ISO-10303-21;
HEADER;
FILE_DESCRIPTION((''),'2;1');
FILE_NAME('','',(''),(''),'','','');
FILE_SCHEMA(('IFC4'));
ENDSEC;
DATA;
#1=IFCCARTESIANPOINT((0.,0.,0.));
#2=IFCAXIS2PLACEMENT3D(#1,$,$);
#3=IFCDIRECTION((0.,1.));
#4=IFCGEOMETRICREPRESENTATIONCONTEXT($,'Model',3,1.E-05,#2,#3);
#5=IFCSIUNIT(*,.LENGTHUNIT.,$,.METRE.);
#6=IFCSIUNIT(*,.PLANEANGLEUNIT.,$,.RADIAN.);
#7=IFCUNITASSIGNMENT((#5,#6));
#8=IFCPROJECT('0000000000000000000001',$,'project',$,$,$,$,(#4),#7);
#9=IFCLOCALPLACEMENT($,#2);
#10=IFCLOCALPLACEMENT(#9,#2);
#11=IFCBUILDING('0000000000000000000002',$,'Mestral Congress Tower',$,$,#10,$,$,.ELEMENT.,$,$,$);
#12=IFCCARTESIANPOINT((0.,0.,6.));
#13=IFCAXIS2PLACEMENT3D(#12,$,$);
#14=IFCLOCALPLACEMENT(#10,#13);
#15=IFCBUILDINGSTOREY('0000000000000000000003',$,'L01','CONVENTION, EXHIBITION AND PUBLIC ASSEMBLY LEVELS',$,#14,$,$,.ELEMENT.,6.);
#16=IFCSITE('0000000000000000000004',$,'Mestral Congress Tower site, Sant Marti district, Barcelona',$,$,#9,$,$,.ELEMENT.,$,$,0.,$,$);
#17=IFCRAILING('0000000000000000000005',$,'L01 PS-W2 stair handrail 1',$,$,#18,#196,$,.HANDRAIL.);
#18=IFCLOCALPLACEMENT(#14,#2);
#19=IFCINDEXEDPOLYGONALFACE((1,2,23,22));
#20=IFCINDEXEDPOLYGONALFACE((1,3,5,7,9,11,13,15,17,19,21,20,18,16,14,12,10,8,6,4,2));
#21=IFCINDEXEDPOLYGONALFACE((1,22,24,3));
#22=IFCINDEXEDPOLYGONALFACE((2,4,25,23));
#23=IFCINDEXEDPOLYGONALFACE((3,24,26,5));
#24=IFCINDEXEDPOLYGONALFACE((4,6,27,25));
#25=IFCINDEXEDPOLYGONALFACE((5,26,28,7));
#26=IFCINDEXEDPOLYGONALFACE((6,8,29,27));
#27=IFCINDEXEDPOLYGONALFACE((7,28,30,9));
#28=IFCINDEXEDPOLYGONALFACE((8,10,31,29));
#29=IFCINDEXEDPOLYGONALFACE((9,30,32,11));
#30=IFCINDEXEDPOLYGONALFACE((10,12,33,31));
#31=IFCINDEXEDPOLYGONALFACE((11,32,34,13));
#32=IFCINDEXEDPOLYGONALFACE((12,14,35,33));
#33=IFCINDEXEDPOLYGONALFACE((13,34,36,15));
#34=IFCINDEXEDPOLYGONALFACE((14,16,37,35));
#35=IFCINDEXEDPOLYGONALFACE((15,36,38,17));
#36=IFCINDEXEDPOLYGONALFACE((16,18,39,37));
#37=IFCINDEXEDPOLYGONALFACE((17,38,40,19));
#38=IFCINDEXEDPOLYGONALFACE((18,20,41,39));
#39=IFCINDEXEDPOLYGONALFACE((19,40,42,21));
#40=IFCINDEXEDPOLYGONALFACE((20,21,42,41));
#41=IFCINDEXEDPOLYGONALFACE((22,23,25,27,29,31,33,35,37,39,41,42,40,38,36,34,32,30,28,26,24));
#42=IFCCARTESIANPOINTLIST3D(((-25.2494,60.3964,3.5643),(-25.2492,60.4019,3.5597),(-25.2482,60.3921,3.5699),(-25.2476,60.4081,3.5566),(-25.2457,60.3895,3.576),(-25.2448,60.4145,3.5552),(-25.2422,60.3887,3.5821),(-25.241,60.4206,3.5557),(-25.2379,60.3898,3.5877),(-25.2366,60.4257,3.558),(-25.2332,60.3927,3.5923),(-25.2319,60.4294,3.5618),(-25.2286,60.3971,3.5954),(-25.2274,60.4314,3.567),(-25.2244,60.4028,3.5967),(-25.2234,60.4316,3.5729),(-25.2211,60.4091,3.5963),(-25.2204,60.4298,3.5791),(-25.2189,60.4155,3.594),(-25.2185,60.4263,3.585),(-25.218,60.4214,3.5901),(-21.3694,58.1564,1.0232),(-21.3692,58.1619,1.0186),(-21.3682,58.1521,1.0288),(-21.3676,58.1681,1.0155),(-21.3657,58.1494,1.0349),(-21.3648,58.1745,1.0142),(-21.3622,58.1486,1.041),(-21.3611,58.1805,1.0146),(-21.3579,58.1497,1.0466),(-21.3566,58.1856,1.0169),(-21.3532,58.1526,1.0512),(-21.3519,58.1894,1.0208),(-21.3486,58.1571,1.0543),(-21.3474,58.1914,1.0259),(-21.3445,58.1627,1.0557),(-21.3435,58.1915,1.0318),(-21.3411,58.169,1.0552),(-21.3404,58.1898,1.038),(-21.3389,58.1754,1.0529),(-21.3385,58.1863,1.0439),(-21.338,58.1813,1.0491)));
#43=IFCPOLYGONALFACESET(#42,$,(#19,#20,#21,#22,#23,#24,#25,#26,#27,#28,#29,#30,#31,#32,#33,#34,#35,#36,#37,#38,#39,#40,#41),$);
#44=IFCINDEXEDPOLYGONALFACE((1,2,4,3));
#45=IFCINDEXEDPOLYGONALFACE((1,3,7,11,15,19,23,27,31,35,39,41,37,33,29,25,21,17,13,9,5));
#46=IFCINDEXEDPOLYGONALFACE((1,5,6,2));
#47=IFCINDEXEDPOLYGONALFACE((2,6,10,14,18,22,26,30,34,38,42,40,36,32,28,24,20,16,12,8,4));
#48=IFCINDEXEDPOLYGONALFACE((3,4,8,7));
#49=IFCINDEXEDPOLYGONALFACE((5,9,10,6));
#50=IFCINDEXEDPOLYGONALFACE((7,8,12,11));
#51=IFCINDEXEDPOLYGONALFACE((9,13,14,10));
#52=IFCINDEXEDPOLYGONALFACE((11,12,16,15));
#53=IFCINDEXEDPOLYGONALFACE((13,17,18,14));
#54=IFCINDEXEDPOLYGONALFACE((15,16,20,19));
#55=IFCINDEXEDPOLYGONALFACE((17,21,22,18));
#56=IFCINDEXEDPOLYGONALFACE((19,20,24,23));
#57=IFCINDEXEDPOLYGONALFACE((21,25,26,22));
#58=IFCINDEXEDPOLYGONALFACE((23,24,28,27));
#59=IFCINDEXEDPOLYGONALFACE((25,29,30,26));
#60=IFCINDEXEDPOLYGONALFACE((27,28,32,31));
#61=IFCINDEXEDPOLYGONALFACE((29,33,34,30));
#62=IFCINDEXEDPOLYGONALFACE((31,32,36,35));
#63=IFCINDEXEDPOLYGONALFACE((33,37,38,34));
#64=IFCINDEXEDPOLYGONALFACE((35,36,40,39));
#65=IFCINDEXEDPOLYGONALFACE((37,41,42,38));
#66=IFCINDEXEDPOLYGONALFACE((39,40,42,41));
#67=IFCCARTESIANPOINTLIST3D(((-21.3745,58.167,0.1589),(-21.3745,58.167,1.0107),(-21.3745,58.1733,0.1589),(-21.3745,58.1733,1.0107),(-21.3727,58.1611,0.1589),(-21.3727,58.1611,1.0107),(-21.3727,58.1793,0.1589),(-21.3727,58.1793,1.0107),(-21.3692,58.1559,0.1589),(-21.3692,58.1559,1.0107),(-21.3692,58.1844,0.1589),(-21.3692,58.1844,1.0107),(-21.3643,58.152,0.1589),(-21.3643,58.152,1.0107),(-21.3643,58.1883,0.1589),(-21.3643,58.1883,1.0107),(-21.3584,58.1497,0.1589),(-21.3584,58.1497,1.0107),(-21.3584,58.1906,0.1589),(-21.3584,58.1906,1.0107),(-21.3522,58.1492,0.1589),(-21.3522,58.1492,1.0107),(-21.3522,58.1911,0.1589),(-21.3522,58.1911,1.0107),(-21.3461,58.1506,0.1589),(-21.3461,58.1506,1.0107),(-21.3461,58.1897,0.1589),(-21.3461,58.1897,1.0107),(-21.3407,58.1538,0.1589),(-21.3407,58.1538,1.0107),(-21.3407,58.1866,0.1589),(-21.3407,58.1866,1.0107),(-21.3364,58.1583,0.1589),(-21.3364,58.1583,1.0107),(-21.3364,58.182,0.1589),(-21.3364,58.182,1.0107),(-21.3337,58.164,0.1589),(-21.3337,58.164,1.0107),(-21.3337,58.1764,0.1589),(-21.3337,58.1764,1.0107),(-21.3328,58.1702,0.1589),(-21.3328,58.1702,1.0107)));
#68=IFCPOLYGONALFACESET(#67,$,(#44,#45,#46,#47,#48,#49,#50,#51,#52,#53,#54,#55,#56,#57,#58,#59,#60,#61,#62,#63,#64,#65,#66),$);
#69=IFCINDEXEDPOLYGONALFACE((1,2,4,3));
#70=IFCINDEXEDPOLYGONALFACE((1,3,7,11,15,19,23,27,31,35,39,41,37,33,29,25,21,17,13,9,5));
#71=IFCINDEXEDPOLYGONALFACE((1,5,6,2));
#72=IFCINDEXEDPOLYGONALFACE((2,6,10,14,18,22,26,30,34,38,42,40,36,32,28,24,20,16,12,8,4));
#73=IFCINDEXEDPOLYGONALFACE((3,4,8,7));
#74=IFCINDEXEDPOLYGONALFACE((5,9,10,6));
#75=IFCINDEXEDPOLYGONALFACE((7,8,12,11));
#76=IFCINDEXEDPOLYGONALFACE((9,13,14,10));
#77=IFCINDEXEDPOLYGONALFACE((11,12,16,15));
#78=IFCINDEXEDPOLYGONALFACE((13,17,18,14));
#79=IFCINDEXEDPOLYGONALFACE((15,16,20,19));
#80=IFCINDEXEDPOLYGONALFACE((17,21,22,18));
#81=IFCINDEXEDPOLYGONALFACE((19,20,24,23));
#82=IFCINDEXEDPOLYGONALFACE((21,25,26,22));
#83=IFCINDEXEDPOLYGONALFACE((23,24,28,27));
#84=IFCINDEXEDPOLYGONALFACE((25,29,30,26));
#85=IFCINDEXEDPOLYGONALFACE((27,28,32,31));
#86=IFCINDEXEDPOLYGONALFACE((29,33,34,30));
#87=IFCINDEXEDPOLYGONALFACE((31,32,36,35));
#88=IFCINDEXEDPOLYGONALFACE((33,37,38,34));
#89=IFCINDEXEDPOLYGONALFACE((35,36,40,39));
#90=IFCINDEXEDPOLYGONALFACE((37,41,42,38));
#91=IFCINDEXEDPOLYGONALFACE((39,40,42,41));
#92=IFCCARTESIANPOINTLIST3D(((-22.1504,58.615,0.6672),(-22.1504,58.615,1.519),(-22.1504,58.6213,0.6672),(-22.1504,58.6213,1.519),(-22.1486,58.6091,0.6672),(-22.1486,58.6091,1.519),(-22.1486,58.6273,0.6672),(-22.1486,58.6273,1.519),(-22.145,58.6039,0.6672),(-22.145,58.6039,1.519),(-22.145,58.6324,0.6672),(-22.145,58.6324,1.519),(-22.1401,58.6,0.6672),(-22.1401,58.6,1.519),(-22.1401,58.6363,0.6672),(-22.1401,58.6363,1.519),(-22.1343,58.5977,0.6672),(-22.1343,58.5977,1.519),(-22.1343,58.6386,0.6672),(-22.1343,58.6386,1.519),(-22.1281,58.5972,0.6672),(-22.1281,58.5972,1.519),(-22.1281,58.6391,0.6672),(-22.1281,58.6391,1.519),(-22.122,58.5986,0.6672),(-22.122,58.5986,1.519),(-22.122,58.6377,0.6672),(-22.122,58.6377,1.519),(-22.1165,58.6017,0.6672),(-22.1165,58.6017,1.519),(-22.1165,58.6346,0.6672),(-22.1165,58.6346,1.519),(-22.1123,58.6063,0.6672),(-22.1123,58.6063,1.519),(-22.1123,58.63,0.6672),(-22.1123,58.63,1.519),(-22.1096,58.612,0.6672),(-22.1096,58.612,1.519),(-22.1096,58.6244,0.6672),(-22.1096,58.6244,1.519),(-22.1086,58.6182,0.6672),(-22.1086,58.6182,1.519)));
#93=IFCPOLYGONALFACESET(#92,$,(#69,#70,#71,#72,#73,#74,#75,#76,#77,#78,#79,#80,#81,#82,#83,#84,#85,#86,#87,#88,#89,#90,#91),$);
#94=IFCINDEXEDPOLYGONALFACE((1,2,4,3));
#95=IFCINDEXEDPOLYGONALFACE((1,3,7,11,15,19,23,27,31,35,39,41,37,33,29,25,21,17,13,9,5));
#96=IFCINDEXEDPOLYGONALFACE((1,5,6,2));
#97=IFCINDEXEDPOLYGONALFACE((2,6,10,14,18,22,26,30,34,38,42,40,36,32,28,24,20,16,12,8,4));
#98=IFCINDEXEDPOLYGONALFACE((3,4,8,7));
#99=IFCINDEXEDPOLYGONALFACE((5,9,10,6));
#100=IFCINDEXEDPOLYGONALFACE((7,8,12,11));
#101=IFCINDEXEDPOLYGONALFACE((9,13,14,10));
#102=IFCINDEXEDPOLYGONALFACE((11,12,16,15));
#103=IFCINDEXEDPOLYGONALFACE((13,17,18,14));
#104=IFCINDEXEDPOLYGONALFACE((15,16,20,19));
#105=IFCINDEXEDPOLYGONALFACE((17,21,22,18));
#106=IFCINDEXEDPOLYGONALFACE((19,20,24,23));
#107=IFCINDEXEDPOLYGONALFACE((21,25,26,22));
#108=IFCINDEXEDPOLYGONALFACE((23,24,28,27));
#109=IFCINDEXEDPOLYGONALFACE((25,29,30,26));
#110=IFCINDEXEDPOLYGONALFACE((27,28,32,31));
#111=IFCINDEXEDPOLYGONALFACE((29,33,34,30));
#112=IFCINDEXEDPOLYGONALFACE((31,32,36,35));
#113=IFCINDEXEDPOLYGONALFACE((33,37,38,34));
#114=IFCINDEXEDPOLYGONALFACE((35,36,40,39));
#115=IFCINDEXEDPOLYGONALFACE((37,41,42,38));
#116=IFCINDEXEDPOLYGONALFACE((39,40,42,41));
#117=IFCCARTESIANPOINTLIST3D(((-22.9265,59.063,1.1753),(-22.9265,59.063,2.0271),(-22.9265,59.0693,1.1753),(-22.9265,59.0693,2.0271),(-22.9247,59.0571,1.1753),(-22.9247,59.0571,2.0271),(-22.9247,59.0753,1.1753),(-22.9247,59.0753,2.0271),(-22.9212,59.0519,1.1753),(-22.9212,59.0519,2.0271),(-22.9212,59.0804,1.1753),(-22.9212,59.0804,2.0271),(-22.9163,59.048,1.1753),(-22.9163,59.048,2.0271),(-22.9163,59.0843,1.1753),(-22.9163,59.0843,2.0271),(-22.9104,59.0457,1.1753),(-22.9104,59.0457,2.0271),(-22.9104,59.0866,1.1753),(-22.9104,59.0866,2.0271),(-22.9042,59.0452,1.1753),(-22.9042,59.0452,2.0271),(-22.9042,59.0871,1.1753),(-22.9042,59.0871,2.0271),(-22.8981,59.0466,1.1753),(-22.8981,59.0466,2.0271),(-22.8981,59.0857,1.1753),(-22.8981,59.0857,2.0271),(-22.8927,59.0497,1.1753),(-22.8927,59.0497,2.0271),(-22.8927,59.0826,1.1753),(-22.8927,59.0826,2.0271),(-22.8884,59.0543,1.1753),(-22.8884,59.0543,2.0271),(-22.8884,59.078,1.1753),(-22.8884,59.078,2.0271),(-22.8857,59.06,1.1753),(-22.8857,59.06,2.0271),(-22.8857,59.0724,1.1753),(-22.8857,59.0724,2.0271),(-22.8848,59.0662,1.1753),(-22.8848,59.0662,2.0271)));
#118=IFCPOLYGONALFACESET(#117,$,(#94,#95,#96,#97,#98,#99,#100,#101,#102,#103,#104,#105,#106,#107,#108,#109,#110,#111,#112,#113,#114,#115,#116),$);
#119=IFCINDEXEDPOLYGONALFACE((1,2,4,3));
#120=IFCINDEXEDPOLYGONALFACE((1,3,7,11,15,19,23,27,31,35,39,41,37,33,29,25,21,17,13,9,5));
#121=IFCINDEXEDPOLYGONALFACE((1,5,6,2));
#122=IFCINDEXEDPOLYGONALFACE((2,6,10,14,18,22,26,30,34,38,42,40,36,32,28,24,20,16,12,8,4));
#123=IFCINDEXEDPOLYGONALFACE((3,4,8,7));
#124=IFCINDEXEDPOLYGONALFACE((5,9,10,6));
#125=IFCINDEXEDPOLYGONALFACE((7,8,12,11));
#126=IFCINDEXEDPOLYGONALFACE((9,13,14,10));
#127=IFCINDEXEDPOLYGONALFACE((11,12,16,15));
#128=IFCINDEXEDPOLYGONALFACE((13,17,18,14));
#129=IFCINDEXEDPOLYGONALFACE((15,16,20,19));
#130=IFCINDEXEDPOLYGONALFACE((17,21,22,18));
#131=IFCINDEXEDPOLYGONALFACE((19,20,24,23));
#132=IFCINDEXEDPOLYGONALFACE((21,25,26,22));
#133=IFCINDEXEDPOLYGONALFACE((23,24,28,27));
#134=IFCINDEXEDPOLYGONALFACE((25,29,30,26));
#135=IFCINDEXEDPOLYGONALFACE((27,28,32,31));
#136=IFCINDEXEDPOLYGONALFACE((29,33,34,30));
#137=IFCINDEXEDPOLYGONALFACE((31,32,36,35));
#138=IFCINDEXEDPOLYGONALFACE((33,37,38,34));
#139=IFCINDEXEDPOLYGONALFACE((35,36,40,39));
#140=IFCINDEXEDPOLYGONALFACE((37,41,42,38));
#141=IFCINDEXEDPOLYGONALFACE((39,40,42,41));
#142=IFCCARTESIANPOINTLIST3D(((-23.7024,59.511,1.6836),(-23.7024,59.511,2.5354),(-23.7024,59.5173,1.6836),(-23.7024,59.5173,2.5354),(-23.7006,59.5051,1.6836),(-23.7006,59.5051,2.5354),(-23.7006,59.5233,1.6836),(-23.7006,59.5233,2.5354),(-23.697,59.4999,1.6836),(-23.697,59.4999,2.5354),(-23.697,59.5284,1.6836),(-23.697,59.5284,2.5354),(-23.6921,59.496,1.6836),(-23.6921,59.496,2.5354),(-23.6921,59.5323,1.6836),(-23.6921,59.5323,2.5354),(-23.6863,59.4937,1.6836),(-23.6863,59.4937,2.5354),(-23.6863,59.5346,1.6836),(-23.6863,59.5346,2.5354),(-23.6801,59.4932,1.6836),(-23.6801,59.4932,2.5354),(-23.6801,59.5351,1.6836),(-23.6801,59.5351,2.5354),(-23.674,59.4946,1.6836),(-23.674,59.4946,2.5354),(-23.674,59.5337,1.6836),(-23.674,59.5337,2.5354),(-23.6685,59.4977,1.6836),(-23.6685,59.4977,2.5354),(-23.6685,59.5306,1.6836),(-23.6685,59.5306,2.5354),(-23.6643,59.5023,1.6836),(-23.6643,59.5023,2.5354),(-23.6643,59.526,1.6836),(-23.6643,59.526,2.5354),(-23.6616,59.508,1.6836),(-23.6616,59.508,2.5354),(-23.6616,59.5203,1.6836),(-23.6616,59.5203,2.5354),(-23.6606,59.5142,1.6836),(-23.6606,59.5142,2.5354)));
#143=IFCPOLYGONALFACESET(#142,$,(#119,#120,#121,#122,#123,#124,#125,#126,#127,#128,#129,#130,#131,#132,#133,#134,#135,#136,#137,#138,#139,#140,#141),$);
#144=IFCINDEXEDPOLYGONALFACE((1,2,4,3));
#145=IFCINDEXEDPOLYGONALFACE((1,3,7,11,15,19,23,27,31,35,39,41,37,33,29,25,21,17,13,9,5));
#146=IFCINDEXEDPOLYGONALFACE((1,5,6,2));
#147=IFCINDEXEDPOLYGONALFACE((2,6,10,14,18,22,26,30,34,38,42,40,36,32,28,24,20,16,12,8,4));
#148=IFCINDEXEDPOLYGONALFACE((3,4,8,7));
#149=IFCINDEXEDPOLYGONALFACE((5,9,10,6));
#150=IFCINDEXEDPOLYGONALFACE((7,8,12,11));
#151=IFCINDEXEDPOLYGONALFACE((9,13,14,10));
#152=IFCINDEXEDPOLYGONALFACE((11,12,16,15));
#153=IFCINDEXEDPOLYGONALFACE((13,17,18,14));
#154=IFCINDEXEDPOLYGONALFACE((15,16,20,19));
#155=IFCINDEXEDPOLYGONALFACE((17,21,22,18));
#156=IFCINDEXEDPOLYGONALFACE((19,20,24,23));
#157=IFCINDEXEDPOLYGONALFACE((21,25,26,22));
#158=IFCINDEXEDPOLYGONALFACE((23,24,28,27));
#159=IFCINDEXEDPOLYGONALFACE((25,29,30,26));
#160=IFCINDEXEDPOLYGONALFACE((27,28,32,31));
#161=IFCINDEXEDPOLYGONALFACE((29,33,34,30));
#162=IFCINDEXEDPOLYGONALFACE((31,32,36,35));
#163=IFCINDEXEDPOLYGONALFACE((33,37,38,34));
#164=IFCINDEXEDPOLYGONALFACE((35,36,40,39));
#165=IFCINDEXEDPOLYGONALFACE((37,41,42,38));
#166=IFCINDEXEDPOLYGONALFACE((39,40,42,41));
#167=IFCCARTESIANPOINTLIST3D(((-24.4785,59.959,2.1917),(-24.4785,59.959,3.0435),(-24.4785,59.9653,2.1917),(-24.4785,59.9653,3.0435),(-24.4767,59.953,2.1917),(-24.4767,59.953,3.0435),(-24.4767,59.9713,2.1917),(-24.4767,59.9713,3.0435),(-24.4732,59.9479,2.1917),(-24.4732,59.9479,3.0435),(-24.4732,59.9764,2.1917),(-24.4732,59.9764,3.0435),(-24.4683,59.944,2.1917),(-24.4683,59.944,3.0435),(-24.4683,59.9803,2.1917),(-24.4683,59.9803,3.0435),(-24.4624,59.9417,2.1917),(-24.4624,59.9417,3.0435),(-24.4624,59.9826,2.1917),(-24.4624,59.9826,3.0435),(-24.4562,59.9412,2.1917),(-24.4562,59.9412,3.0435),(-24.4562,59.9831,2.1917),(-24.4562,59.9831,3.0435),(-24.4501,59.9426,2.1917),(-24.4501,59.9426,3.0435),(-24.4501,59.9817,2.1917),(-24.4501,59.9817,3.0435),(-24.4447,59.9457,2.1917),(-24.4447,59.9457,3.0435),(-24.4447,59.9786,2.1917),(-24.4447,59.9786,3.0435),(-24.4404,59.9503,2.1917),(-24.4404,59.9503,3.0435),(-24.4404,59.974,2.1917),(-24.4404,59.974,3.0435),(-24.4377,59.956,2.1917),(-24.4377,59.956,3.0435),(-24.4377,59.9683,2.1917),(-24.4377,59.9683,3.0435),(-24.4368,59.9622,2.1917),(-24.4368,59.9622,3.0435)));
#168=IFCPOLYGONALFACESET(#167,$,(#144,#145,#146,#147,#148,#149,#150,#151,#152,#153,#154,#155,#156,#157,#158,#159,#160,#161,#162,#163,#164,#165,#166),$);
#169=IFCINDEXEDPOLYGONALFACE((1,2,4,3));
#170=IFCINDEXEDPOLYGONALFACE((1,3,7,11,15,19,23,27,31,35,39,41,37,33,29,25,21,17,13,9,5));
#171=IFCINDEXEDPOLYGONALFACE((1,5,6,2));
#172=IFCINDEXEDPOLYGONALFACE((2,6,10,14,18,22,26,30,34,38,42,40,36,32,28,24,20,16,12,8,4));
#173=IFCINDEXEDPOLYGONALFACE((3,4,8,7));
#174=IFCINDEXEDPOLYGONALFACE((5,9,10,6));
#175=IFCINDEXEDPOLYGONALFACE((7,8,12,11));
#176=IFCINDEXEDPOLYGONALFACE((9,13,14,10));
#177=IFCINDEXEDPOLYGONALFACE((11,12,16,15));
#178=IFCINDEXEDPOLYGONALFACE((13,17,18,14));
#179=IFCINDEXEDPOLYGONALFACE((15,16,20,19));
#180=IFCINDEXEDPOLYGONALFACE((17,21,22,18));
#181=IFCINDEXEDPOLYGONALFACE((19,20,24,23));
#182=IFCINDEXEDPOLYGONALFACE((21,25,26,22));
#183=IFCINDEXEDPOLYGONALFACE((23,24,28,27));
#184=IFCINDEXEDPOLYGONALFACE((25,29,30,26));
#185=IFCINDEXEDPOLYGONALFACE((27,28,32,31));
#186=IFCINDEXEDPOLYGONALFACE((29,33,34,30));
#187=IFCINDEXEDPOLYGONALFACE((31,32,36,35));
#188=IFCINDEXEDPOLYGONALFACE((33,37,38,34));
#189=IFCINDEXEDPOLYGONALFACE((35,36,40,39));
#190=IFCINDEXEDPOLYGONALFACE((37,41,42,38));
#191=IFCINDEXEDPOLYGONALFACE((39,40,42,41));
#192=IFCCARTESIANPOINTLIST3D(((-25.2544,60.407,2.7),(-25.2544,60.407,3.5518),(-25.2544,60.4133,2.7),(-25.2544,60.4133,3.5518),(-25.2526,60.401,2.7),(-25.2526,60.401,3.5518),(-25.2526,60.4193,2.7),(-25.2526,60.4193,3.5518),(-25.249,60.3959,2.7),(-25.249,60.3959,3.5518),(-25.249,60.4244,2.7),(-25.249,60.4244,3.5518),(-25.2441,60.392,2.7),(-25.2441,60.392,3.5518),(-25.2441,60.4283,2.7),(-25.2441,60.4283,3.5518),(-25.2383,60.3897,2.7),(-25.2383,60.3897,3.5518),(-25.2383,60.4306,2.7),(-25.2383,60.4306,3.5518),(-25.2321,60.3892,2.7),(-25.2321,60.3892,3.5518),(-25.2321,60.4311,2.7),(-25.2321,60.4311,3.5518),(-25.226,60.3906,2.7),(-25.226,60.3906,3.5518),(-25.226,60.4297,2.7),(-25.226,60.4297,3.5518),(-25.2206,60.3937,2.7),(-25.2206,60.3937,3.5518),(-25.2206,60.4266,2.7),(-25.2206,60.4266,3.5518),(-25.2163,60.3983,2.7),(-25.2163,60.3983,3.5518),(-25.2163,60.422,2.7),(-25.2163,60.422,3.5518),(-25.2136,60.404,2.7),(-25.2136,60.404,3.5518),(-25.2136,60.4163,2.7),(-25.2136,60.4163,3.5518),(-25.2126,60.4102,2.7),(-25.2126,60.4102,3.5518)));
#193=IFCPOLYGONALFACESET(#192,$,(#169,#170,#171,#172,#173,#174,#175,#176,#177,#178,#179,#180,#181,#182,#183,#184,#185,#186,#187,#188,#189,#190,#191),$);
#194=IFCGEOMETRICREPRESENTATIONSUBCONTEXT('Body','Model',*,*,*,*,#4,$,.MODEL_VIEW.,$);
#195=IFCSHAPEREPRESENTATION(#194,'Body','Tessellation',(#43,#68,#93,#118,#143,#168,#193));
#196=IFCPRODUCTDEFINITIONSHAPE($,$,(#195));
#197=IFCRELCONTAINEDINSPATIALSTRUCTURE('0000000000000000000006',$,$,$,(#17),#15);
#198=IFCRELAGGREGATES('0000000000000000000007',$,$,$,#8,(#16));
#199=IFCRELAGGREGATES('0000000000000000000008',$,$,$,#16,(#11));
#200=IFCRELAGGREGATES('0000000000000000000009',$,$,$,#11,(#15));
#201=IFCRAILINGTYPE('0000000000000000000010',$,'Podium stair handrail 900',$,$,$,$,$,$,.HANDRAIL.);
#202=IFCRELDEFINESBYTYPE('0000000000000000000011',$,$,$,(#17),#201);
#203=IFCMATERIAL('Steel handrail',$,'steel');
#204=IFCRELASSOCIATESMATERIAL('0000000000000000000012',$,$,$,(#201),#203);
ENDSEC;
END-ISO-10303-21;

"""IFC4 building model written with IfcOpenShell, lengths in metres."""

from ifc_helpers import new_model, si_unit, direction, frame, origin, origin_2d, place, context, subcontext, project, spatial, circle, extrude, material, type_object, element, save


model = new_model("IFC4")

# Units and contexts
model_context = context("Model", 3, precision=1e-05, world=origin(), true_north=direction((0.0, 1.0)))
body_context = subcontext(model_context, "Body", "Model", "MODEL_VIEW")
ifc_project = project(units=[si_unit("LENGTHUNIT", "METRE"), si_unit("PLANEANGLEUNIT", "RADIAN")], contexts=[model_context])

# Site, building, storey
site_placement = place(None, origin())
site = spatial("IfcSite", under=ifc_project, at=site_placement, Name="Mestral Congress Tower site, Sant Marti district, Barcelona", CompositionType="ELEMENT", RefElevation=0.0)
building_placement = place(site_placement, origin())
building = spatial("IfcBuilding", under=site, at=building_placement, Name="Mestral Congress Tower", CompositionType="ELEMENT")
storey_placement = place(building_placement, frame((0.0, 0.0, 6.0)))
storey = spatial("IfcBuildingStorey", under=building, at=storey_placement, Name="L01", Description="CONVENTION, EXHIBITION AND PUBLIC ASSEMBLY LEVELS", CompositionType="ELEMENT", Elevation=6.0)

# Railing
ifc_material_1 = material(Name="Steel handrail", Category="steel")
railing_type_1 = type_object("IfcRailingType", Name="Podium stair handrail 900", PredefinedType="HANDRAIL", material=ifc_material_1)
railing_1_placement = place(storey_placement, frame((-21.3538, 58.1702, 0.1589)))
element("IfcRailing", 1, at=railing_1_placement, inside=storey, type_object=railing_type_1, Name="L01 PS-W2 stair handrail 1", PredefinedType="HANDRAIL", context=body_context, shape_type="SweptSolid", body=[
    extrude(circle(Radius=0.0239, at=origin_2d()), frame((0.0, 0.0, 0.876), z_axis=(-0.7533, 0.434906, 0.493352), x_axis=(-0.49999, -0.866031, 0.0)), (0.0, 0.0, 1.0), 5.1506),
    extrude(circle(Radius=0.021, at=origin_2d()), origin(), (0.0, 0.0, 1.0), 0.8518),
    extrude(circle(Radius=0.021, at=origin_2d()), frame((-0.7759, 0.448, 0.5083)), (0.0, 0.0, 1.0), 0.8518),
    extrude(circle(Radius=0.021, at=origin_2d()), frame((-1.552, 0.896, 1.0164)), (0.0, 0.0, 1.0), 0.8518),
    extrude(circle(Radius=0.021, at=origin_2d()), frame((-2.3279, 1.344, 1.5247)), (0.0, 0.0, 1.0), 0.8518),
    extrude(circle(Radius=0.021, at=origin_2d()), frame((-3.104, 1.792, 2.0327)), (0.0, 0.0, 1.0), 0.8518),
    extrude(circle(Radius=0.021, at=origin_2d()), frame((-3.8799, 2.24, 2.541)), (0.0, 0.0, 1.0), 0.8518),
])

save(model, "model.ifc")
